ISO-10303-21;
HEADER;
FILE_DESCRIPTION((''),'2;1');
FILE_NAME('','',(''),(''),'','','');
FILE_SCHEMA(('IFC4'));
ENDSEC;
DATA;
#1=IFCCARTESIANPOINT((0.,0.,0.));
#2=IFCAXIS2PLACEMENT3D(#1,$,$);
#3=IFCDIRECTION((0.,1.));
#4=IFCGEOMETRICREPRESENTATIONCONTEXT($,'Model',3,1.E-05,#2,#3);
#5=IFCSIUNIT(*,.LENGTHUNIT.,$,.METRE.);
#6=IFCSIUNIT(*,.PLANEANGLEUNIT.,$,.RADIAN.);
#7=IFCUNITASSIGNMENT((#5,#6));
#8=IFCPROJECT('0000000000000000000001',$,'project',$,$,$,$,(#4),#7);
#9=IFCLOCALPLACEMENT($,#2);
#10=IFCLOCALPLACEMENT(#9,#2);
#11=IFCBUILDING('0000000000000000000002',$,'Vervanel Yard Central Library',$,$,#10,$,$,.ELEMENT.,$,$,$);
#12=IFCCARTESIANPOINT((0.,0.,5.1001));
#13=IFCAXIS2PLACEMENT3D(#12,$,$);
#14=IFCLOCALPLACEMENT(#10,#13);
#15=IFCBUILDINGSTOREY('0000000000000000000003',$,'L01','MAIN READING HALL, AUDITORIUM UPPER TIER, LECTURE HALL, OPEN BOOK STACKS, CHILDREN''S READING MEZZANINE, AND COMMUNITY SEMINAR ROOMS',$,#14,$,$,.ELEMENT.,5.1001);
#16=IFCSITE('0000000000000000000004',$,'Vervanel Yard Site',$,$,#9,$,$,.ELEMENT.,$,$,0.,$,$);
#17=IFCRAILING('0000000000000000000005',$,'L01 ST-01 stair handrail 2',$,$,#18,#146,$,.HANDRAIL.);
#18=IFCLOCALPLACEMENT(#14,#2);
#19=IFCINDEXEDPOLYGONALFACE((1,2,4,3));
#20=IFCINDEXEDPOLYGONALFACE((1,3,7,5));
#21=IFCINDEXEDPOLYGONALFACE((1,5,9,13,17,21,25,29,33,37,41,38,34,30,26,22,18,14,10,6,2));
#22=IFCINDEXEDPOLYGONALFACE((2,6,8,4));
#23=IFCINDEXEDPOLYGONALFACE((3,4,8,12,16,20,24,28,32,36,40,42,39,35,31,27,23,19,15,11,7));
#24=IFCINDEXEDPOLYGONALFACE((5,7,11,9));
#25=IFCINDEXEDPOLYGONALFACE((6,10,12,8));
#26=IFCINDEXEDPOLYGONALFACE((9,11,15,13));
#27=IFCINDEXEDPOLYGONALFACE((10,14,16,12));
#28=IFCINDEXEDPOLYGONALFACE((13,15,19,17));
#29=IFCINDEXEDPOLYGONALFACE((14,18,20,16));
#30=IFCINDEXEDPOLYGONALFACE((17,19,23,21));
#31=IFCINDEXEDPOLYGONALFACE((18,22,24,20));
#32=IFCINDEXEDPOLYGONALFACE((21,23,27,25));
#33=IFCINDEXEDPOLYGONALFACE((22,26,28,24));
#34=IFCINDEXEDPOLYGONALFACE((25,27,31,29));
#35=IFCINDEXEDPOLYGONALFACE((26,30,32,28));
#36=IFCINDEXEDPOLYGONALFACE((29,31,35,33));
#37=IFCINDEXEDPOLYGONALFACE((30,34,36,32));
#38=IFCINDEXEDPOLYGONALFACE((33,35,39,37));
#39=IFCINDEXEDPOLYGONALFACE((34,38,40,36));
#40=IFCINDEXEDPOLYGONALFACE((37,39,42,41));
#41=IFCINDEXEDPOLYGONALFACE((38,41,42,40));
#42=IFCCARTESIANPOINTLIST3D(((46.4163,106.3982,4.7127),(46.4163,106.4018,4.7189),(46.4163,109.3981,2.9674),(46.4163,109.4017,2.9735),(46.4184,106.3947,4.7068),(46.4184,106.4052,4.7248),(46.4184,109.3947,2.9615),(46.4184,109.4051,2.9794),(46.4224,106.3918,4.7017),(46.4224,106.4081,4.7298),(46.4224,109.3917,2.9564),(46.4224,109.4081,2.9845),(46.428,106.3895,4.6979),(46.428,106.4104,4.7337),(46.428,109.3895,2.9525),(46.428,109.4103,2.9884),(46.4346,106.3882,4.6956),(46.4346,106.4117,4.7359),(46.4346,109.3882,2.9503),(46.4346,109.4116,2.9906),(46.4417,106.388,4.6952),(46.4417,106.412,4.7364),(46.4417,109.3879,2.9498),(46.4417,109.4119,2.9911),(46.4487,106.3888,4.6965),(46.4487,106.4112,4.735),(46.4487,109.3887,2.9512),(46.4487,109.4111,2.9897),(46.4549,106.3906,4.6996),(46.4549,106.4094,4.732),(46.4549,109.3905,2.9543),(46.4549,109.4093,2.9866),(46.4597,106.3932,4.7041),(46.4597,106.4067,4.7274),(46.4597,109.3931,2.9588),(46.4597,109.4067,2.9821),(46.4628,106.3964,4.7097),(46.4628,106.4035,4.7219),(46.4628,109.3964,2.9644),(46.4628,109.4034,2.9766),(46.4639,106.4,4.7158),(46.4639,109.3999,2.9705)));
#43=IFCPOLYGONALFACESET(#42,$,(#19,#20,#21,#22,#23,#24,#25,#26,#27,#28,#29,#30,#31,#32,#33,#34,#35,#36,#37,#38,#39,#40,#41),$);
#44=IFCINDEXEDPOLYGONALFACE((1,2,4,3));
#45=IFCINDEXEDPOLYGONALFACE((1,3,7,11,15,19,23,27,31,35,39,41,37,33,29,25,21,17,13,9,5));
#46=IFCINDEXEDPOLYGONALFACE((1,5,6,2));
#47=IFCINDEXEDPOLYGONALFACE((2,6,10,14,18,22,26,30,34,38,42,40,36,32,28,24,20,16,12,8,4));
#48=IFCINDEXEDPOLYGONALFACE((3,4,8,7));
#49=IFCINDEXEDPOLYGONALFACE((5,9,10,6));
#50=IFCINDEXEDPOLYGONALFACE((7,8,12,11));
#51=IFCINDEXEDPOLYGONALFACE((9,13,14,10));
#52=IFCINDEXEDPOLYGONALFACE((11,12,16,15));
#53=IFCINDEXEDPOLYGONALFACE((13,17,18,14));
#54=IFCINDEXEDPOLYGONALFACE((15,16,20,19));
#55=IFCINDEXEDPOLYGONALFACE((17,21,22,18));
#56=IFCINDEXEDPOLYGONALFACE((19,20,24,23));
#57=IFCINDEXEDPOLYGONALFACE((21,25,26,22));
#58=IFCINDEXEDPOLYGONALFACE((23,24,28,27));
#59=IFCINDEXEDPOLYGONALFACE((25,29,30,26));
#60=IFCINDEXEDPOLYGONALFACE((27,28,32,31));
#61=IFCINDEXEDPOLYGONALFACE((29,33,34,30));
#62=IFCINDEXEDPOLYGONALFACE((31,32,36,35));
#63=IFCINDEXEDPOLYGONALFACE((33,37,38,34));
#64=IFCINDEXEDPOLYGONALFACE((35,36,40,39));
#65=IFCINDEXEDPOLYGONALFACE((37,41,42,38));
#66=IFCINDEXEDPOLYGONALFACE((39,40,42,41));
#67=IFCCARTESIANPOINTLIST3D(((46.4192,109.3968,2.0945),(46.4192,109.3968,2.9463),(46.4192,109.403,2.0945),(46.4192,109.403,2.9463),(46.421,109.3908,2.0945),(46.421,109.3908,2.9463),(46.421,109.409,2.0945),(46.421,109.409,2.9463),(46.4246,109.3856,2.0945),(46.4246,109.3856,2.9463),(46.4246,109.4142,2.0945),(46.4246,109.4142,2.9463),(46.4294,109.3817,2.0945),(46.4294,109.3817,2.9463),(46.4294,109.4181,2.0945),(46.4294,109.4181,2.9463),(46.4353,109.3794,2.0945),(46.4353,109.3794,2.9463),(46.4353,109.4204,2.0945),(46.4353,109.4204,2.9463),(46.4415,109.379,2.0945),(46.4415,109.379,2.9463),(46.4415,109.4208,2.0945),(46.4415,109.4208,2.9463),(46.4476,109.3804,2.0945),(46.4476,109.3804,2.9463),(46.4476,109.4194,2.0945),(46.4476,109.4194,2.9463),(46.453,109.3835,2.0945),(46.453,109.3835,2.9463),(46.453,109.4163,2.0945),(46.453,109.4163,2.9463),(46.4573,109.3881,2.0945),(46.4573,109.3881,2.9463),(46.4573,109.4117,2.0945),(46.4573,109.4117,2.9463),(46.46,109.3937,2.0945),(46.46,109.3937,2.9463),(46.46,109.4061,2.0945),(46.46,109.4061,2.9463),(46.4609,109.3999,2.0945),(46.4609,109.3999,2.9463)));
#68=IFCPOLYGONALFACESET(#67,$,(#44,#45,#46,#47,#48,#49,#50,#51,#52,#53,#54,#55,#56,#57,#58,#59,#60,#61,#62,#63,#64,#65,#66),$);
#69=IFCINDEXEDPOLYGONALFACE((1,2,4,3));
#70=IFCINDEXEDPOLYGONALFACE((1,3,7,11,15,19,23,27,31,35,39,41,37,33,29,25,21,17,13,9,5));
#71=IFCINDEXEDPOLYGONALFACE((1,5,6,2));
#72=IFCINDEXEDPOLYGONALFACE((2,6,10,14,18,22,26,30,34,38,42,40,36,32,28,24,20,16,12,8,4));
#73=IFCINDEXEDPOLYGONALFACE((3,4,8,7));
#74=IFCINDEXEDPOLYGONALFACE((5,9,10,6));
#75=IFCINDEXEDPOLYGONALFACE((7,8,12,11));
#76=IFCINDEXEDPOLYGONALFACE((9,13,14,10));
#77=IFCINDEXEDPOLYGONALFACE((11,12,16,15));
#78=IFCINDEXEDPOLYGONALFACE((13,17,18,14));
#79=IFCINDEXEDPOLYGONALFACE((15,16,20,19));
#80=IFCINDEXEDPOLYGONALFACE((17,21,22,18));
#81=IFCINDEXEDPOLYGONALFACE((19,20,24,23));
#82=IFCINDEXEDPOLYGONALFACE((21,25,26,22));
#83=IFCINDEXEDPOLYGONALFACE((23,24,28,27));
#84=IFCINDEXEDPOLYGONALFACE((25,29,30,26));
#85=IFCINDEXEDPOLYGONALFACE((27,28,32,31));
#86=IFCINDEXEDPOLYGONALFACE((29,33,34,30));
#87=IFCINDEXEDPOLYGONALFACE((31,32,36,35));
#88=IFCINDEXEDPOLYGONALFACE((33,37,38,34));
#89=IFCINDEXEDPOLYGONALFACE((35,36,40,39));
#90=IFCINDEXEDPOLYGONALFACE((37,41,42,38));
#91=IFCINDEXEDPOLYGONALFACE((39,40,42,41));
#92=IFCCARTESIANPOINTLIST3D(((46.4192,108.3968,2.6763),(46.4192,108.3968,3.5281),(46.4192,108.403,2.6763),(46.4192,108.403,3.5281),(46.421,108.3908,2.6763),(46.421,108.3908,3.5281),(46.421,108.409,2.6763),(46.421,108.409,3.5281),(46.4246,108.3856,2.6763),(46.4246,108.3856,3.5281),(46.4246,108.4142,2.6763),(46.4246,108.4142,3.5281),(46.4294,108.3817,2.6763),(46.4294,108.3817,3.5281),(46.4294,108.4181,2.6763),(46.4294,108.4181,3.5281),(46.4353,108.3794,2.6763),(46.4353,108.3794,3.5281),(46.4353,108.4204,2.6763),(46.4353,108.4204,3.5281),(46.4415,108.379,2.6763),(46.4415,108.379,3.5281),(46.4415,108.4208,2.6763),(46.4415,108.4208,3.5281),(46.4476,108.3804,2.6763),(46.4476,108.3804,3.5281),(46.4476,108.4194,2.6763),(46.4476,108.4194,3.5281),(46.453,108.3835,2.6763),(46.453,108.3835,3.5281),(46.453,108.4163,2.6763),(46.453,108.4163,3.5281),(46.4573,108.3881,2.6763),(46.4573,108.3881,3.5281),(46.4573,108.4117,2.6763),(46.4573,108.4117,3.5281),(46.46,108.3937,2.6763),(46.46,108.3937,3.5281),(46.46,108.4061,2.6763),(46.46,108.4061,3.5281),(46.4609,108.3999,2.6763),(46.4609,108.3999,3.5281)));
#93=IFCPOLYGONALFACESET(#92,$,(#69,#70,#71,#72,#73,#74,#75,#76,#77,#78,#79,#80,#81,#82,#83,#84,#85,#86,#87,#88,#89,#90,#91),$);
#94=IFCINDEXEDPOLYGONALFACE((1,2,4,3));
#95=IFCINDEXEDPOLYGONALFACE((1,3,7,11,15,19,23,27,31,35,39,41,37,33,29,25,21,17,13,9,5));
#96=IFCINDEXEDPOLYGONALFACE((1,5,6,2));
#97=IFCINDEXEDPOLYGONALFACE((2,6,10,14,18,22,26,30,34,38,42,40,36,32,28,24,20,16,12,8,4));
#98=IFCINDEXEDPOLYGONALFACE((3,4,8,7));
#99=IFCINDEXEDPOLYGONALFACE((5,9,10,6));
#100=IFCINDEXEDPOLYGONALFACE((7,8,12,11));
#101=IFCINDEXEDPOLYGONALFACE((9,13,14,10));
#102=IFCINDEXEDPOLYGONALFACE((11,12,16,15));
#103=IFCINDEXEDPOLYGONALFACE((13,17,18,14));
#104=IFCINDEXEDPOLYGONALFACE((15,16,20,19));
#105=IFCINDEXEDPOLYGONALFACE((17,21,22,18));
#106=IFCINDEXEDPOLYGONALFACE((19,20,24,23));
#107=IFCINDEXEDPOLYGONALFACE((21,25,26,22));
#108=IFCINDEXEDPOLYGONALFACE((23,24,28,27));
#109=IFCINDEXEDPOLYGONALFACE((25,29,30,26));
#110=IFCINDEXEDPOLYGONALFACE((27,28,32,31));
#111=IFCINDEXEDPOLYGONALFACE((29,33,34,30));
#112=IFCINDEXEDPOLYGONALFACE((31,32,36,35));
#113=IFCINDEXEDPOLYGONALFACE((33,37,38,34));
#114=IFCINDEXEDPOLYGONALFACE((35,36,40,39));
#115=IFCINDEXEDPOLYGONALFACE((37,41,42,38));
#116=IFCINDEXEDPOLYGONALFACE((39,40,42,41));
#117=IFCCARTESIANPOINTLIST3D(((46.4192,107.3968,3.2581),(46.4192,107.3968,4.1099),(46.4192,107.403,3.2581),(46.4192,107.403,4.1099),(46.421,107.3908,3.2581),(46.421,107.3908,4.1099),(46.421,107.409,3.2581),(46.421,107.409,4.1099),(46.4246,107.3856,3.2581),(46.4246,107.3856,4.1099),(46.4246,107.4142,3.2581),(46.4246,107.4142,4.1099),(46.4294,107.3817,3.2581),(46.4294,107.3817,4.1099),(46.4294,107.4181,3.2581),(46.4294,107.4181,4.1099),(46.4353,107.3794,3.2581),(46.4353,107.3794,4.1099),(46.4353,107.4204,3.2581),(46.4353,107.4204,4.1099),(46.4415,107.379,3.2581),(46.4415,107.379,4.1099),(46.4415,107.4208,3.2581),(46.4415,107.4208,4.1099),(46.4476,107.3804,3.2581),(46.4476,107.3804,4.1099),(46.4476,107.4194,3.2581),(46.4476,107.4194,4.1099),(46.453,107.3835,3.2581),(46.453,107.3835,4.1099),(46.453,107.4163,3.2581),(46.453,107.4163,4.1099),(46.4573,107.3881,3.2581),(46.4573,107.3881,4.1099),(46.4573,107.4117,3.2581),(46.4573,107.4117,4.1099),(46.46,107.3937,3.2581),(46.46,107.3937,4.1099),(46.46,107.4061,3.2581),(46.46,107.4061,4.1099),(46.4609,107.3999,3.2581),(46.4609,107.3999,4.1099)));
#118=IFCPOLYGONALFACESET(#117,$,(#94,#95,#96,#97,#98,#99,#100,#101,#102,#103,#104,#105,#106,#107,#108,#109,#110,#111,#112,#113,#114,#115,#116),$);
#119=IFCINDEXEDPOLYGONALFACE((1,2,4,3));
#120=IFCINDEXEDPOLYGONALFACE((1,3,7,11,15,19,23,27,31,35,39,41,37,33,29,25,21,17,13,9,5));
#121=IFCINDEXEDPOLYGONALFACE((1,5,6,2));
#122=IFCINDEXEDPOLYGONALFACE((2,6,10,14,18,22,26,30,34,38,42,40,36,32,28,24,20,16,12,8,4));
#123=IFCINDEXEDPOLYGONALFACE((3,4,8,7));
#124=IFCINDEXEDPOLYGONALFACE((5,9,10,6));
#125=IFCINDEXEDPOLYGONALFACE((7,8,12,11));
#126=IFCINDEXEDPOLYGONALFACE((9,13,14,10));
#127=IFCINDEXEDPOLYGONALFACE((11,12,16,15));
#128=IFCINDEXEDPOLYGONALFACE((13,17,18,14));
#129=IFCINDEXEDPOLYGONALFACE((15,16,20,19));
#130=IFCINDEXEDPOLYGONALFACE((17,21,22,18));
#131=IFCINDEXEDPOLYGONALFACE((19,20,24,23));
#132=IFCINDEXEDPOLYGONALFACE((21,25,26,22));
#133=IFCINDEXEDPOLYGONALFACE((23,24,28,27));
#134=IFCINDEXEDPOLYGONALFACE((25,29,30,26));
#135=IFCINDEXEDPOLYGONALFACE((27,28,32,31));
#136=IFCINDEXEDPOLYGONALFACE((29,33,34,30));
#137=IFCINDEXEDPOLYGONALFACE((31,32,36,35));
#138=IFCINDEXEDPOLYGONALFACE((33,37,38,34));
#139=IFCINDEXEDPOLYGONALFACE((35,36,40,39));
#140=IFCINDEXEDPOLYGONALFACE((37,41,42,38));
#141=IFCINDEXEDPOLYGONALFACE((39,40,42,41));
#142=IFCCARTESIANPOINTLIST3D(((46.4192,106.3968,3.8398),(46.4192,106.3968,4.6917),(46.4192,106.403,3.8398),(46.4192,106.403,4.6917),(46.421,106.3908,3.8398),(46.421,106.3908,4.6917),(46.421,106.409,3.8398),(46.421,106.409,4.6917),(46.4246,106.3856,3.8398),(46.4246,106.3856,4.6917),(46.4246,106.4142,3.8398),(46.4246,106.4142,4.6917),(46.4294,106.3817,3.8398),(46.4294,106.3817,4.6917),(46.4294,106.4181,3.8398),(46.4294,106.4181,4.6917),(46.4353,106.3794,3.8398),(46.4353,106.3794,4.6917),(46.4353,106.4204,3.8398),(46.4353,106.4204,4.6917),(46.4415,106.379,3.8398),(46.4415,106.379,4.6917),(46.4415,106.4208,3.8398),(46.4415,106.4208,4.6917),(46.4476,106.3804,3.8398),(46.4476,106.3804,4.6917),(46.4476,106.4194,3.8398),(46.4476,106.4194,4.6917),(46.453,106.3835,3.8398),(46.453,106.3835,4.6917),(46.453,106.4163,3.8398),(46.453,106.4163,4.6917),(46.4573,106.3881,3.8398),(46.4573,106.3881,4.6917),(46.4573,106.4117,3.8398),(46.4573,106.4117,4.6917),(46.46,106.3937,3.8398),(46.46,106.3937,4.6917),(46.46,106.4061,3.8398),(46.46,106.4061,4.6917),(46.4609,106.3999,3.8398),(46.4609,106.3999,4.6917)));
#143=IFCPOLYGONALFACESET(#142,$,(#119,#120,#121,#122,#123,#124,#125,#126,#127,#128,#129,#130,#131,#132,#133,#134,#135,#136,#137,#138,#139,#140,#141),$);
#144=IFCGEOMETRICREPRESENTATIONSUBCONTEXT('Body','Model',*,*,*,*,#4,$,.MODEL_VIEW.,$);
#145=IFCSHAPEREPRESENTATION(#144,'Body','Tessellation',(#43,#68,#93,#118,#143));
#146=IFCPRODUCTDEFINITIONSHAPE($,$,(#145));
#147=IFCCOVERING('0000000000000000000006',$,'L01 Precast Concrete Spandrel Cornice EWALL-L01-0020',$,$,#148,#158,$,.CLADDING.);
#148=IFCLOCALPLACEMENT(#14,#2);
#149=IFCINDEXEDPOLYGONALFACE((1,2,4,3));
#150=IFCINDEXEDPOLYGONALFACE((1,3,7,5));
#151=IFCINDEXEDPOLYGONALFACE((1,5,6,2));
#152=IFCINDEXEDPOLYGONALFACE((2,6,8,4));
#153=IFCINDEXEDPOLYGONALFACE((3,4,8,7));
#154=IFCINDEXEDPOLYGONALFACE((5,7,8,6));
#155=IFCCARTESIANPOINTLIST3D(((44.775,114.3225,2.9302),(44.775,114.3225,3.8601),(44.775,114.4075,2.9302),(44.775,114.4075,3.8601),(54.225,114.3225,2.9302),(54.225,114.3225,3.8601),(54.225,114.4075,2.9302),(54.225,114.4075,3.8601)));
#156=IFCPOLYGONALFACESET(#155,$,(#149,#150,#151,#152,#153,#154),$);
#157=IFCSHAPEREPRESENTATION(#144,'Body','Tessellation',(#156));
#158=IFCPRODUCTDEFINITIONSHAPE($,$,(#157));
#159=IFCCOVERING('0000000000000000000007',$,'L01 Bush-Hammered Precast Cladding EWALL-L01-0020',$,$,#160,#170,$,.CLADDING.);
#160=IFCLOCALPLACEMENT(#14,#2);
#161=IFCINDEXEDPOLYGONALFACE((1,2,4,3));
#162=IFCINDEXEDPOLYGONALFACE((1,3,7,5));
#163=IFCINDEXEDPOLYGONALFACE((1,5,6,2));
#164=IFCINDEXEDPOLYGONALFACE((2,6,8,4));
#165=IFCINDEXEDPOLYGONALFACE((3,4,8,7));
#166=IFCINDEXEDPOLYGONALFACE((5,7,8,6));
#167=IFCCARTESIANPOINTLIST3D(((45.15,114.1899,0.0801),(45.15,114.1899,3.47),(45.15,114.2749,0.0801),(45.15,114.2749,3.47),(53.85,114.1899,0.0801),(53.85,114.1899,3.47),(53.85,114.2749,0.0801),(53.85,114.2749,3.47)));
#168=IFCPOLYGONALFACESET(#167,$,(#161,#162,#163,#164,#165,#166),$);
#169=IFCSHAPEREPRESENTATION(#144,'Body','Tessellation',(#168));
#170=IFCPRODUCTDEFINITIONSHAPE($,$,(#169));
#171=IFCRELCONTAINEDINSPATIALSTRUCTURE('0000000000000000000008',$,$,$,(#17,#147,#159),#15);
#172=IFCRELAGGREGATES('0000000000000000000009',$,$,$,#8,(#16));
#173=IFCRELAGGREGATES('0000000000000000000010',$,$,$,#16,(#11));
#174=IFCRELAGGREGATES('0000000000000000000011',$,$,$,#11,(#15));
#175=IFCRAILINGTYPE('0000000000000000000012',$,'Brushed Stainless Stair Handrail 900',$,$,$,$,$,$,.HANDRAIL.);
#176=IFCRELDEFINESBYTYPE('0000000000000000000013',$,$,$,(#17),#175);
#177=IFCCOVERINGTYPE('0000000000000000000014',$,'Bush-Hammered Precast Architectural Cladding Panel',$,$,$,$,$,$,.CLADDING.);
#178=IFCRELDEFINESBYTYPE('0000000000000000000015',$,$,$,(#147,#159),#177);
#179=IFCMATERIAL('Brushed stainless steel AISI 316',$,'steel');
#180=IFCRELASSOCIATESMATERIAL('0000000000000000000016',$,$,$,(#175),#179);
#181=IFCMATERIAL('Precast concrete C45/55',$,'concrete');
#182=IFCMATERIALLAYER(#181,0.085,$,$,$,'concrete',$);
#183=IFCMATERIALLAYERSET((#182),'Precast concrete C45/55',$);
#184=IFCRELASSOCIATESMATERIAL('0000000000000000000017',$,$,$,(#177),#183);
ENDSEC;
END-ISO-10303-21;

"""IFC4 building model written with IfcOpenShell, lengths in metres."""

from ifc_helpers import new_model, si_unit, direction, frame, origin, origin_2d, place, context, subcontext, project, spatial, rectangle, circle, extrude, material, layer, layer_set, type_object, element, save


model = new_model("IFC4")

# Units and contexts
model_context = context("Model", 3, precision=1e-05, world=origin(), true_north=direction((0.0, 1.0)))
body_context = subcontext(model_context, "Body", "Model", "MODEL_VIEW")
ifc_project = project(units=[si_unit("LENGTHUNIT", "METRE"), si_unit("PLANEANGLEUNIT", "RADIAN")], contexts=[model_context])

# Site, building, storey
site_placement = place(None, origin())
site = spatial("IfcSite", under=ifc_project, at=site_placement, Name="Vervanel Yard Site", CompositionType="ELEMENT", RefElevation=0.0)
building_placement = place(site_placement, origin())
building = spatial("IfcBuilding", under=site, at=building_placement, Name="Vervanel Yard Central Library", CompositionType="ELEMENT")
storey_placement = place(building_placement, frame((0.0, 0.0, 5.1001)))
storey = spatial("IfcBuildingStorey", under=building, at=storey_placement, Name="L01", Description="MAIN READING HALL, AUDITORIUM UPPER TIER, LECTURE HALL, OPEN BOOK STACKS, CHILDREN'S READING MEZZANINE, AND COMMUNITY SEMINAR ROOMS", CompositionType="ELEMENT", Elevation=5.1001)

# Shared definitions
ifc_material_1 = material(Name="Brushed stainless steel AISI 316", Category="steel")

# Railing
railing_type_1 = type_object("IfcRailingType", Name="Brushed Stainless Stair Handrail 900", PredefinedType="HANDRAIL", material=ifc_material_1)
railing_1_placement = place(storey_placement, frame((46.4399, 109.3999, 2.0945)))
element("IfcRailing", 1, at=railing_1_placement, inside=storey, type_object=railing_type_1, Name="L01 ST-01 stair handrail 2", PredefinedType="HANDRAIL", context=body_context, shape_type="SweptSolid", body=[
    extrude(circle(Radius=0.0239, at=origin_2d()), frame((0.0, 0.0, 0.876), z_axis=(0.0, -0.86436, 0.502874), x_axis=(1.0, 0.0, 0.0)), (0.0, 0.0, 1.0), 3.4707),
    extrude(circle(Radius=0.021, at=origin_2d()), origin(), (0.0, 0.0, 1.0), 0.8518),
    extrude(circle(Radius=0.021, at=origin_2d()), frame((0.0, -1.0, 0.5818)), (0.0, 0.0, 1.0), 0.8518),
    extrude(circle(Radius=0.021, at=origin_2d()), frame((0.0, -2.0, 1.1636)), (0.0, 0.0, 1.0), 0.8518),
    extrude(circle(Radius=0.021, at=origin_2d()), frame((0.0, -3.0, 1.7454)), (0.0, 0.0, 1.0), 0.8518),
])

# Coverings
ifc_material_2 = material(Name="Precast concrete C45/55", Category="concrete")
ifc_layer_1 = layer(ifc_material_2, 0.085, Category="concrete")
ifc_layer_set_1 = layer_set([ifc_layer_1], Name="Precast concrete C45/55")
covering_type = type_object("IfcCoveringType", Name="Bush-Hammered Precast Architectural Cladding Panel", PredefinedType="CLADDING", material=ifc_layer_set_1)
covering_1_placement = place(storey_placement, frame((49.5, 114.365, 2.9302), z_axis=(0.0, 0.0, 1.0), x_axis=(1.0, 0.0, 0.0)))
element("IfcCovering", 2, at=covering_1_placement, inside=storey, type_object=covering_type, Name="L01 Precast Concrete Spandrel Cornice EWALL-L01-0020", PredefinedType="CLADDING", context=body_context, shape_type="SweptSolid", body=[
    extrude(rectangle(XDim=9.45, YDim=0.085, at=origin_2d()), origin(), (0.0, 0.0, 1.0), 0.9299),
])
covering_2_placement = place(storey_placement, frame((49.5, 114.2324, 0.0801), z_axis=(0.0, 0.0, 1.0), x_axis=(1.0, 0.0, 0.0)))
element("IfcCovering", 3, at=covering_2_placement, inside=storey, type_object=covering_type, Name="L01 Bush-Hammered Precast Cladding EWALL-L01-0020", PredefinedType="CLADDING", context=body_context, shape_type="SweptSolid", body=[
    extrude(rectangle(XDim=8.7, YDim=0.085, at=origin_2d()), origin(), (0.0, 0.0, 1.0), 3.3899),
])

save(model, "model.ifc")
